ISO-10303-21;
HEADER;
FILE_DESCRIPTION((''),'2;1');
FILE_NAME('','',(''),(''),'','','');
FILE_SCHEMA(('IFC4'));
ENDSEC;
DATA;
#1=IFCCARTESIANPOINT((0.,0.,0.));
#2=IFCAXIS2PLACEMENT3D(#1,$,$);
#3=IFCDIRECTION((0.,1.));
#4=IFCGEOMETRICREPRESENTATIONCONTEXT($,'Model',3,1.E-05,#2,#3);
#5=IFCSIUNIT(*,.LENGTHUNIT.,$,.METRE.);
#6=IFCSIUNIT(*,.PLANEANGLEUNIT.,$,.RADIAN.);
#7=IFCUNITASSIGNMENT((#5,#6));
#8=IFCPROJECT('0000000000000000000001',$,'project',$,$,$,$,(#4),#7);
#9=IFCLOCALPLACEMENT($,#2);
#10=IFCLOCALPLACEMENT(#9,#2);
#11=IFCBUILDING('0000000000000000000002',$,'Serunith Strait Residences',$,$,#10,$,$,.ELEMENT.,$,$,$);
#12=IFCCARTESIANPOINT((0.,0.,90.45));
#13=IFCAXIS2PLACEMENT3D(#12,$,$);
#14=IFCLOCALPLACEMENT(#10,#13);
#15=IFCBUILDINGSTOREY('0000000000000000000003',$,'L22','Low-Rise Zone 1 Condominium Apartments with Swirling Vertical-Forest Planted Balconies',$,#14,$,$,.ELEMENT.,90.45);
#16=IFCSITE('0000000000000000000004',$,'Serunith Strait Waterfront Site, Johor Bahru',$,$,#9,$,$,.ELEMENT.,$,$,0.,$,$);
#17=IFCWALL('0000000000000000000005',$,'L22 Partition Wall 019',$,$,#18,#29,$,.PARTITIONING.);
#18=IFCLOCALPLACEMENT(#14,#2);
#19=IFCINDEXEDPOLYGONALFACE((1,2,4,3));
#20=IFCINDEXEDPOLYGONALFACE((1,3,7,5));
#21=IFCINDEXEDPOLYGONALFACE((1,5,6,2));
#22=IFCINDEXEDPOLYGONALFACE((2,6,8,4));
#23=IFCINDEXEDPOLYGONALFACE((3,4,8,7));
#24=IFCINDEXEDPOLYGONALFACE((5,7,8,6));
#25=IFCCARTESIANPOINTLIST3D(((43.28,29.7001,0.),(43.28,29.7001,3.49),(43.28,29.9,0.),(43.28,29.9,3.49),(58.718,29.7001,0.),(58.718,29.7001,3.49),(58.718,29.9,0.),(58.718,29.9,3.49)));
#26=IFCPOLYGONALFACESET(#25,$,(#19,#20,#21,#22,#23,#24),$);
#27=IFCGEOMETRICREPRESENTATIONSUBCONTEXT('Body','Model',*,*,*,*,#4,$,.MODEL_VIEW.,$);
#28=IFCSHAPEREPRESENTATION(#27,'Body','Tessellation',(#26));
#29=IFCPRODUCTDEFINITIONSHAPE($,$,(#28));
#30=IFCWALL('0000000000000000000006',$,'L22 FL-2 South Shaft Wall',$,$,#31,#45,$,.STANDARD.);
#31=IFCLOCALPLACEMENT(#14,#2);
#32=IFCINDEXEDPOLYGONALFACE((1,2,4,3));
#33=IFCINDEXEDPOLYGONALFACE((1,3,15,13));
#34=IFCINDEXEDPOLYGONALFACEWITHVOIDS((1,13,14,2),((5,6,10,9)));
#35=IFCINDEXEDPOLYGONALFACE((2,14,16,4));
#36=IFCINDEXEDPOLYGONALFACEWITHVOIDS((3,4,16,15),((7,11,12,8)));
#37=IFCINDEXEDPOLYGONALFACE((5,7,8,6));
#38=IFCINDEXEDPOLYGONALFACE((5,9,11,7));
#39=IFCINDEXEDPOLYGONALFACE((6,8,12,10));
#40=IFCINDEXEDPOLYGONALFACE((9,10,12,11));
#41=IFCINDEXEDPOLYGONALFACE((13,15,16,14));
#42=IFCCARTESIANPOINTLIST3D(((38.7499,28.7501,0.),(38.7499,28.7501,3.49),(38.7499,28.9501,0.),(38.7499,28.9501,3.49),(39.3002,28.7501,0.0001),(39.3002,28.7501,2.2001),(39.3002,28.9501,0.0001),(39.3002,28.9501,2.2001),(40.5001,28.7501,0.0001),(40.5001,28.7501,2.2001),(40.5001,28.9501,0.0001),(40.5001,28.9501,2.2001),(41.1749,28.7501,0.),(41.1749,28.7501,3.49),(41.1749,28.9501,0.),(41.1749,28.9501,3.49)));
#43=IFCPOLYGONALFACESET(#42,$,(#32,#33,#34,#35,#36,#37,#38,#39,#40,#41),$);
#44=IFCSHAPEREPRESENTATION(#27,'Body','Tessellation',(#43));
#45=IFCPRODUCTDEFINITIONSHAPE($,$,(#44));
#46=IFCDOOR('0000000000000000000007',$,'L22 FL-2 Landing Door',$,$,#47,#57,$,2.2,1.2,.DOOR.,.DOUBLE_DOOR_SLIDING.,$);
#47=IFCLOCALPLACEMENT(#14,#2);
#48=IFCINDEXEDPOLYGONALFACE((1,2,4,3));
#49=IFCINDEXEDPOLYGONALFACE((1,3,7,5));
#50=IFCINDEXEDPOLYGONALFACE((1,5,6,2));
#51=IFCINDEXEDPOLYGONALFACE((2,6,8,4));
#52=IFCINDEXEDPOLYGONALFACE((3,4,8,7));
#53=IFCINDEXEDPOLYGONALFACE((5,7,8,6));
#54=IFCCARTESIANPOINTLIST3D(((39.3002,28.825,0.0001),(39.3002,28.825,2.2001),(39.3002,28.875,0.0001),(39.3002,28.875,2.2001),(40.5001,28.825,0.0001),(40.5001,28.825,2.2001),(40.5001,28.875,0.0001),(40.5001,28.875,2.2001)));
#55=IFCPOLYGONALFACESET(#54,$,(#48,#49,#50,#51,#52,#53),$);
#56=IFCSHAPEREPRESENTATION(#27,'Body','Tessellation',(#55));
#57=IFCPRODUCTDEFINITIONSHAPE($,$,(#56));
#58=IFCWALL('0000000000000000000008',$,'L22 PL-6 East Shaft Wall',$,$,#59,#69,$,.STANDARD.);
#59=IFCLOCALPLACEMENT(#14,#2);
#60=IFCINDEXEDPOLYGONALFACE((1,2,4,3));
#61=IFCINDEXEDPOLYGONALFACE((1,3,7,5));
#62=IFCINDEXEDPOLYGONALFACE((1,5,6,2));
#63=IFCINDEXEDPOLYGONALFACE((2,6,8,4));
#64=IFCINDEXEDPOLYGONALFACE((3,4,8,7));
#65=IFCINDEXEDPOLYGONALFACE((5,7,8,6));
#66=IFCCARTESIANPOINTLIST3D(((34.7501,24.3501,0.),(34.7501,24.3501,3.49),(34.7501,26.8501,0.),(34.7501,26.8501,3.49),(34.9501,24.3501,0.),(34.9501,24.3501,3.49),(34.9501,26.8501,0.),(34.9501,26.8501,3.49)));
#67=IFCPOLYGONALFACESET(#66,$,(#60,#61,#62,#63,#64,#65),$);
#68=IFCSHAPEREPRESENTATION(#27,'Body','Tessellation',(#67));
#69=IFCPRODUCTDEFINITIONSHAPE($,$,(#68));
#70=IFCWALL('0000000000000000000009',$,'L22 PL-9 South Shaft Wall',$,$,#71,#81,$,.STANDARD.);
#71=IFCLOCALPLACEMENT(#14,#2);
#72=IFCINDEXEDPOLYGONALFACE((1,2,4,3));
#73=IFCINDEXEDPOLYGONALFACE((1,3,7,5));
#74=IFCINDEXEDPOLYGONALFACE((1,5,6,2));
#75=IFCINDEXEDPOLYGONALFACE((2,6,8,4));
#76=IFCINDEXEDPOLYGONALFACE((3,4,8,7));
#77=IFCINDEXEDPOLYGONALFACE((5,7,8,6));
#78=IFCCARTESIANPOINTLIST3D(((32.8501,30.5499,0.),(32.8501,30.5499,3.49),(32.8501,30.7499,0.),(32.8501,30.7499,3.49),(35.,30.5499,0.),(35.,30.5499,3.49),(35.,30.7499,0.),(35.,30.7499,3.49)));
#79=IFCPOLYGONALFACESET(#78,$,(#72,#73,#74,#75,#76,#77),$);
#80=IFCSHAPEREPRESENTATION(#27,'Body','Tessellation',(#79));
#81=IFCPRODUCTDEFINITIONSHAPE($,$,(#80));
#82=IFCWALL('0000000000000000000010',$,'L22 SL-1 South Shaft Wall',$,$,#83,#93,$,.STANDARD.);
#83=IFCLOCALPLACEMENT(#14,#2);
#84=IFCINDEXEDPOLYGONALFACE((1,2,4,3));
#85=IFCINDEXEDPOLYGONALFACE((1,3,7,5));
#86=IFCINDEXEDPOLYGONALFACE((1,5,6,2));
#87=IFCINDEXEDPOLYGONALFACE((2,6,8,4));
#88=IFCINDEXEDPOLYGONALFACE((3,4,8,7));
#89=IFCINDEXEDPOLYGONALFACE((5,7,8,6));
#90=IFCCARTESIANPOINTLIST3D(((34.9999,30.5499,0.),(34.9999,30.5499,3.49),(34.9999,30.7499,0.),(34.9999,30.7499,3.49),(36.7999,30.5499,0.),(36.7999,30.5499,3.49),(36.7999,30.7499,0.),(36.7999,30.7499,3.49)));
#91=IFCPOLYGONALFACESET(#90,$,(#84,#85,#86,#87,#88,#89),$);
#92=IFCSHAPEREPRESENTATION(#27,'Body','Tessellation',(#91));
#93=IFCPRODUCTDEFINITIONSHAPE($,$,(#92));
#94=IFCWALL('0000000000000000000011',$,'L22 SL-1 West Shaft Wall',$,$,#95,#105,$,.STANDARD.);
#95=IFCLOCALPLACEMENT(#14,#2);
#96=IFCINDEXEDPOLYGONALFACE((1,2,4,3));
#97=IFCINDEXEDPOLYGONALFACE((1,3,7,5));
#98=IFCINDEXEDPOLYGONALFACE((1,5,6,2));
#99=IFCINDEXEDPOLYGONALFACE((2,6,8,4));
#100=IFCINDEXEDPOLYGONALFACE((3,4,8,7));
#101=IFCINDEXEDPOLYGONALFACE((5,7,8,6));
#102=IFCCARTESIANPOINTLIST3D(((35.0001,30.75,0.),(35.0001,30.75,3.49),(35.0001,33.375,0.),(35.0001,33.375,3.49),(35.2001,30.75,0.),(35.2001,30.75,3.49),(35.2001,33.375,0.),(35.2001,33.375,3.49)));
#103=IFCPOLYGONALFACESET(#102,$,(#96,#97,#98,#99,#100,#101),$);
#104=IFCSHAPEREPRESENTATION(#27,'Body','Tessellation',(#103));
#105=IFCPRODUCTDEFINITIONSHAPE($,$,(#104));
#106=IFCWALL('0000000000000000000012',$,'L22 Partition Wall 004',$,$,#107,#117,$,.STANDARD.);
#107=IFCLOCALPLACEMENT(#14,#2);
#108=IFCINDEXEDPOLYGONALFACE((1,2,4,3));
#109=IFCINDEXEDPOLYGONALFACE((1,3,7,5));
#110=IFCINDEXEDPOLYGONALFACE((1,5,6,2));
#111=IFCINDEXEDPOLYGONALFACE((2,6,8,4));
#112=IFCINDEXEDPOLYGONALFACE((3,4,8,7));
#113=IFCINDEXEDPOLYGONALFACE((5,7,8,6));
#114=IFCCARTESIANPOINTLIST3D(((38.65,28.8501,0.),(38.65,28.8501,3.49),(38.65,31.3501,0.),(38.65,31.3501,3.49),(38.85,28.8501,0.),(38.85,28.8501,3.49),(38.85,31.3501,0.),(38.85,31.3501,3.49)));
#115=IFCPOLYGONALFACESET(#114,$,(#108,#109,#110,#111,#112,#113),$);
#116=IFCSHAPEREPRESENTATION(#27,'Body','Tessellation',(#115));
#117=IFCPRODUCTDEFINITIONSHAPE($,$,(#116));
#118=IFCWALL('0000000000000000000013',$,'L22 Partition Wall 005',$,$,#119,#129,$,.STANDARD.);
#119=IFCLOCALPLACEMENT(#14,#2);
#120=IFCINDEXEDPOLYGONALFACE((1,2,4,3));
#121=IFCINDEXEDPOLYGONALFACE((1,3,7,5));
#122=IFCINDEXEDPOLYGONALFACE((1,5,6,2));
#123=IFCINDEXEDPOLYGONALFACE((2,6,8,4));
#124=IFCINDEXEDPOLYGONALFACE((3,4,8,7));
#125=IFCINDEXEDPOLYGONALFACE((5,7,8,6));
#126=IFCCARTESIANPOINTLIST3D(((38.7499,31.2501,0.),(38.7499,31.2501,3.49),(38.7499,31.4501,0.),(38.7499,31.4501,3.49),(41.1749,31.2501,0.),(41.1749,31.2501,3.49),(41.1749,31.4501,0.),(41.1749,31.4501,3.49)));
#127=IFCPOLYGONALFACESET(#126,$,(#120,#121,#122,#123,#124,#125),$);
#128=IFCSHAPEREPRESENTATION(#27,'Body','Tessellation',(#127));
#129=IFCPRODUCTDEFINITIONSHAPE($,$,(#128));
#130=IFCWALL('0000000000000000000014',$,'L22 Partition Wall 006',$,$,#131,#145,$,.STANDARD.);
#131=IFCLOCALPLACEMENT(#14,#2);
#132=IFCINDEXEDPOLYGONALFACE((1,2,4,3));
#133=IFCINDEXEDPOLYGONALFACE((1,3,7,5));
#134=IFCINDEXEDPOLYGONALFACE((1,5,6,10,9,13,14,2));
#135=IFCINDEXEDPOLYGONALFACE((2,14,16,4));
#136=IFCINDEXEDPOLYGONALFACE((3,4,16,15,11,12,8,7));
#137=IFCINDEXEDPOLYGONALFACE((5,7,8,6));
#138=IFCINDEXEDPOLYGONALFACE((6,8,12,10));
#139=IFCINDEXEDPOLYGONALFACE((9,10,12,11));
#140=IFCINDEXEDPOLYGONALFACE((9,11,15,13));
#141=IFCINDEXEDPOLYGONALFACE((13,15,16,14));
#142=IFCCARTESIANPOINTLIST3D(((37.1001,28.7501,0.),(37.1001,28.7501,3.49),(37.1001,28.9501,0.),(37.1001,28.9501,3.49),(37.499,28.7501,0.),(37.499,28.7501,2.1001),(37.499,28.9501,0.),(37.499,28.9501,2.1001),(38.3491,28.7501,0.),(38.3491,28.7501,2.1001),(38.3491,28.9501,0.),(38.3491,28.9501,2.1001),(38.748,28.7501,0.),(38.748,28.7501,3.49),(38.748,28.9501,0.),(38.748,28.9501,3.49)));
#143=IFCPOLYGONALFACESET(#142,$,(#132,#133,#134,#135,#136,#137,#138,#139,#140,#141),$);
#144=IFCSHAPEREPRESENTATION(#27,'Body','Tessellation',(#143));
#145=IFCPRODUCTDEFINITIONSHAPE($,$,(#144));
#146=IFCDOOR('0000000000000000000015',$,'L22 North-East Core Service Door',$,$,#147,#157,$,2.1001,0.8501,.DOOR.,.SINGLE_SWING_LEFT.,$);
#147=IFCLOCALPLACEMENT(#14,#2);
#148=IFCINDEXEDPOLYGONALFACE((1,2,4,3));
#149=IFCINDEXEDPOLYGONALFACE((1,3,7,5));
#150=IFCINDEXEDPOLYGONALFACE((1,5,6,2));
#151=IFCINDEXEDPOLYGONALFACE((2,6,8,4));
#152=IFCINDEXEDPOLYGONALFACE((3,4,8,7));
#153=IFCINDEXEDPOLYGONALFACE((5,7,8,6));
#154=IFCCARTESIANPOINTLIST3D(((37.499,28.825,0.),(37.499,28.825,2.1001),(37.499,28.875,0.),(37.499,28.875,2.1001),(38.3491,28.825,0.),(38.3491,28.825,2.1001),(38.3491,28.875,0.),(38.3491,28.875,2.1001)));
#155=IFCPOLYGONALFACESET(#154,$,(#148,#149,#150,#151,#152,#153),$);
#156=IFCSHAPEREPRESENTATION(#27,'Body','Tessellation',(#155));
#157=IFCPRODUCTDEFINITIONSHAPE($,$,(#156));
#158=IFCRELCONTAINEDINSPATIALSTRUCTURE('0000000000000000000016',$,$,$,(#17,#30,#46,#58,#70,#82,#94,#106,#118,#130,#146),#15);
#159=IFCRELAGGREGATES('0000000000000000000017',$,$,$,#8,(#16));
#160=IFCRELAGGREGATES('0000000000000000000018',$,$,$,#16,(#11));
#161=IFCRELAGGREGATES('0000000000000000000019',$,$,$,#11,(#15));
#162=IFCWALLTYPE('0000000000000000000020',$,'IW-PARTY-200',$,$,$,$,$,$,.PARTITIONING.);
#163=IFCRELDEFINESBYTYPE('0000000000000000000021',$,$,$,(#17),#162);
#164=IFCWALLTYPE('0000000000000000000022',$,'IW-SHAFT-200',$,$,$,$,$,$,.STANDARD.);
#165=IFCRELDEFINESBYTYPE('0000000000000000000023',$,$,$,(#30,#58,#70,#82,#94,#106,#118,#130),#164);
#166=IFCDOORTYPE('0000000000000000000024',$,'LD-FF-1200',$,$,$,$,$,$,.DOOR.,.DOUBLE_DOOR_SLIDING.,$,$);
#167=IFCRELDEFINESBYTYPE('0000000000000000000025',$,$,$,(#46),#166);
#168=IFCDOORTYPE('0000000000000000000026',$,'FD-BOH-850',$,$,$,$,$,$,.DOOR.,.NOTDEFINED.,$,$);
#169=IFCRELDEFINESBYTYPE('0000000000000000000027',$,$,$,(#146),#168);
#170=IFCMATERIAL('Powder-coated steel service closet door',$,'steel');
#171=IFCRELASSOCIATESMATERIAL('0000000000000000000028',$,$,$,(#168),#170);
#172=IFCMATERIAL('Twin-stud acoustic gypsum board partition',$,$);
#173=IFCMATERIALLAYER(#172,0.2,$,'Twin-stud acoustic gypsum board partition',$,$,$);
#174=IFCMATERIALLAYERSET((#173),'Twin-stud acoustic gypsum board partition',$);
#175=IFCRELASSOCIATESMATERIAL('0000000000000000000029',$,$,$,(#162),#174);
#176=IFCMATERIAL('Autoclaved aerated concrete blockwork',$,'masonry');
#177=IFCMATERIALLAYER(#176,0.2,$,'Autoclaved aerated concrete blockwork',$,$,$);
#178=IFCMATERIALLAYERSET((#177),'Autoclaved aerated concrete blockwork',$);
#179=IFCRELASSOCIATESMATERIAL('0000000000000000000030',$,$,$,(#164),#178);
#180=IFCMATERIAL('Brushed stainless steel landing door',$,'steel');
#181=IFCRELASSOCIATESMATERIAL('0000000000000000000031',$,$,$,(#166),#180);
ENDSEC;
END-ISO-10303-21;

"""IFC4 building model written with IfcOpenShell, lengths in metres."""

from ifc_helpers import new_model, si_unit, direction, frame, frame_2d, origin, place, context, subcontext, project, spatial, rectangle, extrude, source, transform, mapped, material, layer, layer_set, type_object, element, fill, save


model = new_model("IFC4")

# Units and contexts
model_context = context("Model", 3, precision=1e-05, world=origin(), true_north=direction((0.0, 1.0)))
body_context = subcontext(model_context, "Body", "Model", "MODEL_VIEW")
ifc_project = project(units=[si_unit("LENGTHUNIT", "METRE"), si_unit("PLANEANGLEUNIT", "RADIAN")], contexts=[model_context])

# Site, building, storey
site_placement = place(None, origin())
site = spatial("IfcSite", under=ifc_project, at=site_placement, Name="Serunith Strait Waterfront Site, Johor Bahru", CompositionType="ELEMENT", RefElevation=0.0)
building_placement = place(site_placement, origin())
building = spatial("IfcBuilding", under=site, at=building_placement, Name="Serunith Strait Residences", CompositionType="ELEMENT")
storey_placement = place(building_placement, frame((0.0, 0.0, 90.45)))
storey = spatial("IfcBuildingStorey", under=building, at=storey_placement, Name="L22", Description="Low-Rise Zone 1 Condominium Apartments with Swirling Vertical-Forest Planted Balconies", CompositionType="ELEMENT", Elevation=90.45)

# Shared definitions
ifc_material_1 = material(Name="Powder-coated steel service closet door", Category="steel")
door_type_1 = type_object("IfcDoorType", Name="FD-BOH-850", OperationType="NOTDEFINED", PredefinedType="DOOR", material=ifc_material_1)
shared_shape_1 = source(origin(), body_context, "Body", "SweptSolid", [
    extrude(rectangle(XDim=0.8501, YDim=2.1001, at=frame_2d((0.425, 1.05))), frame((0.0, 0.0249, 0.0), z_axis=(0.0, -1.0, 0.0), x_axis=(1.0, 0.0, 0.0)), (0.0, 0.0, 1.0), 0.05),
])

# Wall
ifc_material_2 = material(Name="Twin-stud acoustic gypsum board partition")
ifc_layer_1 = layer(ifc_material_2, 0.2, Name="Twin-stud acoustic gypsum board partition")
ifc_layer_set_1 = layer_set([ifc_layer_1], Name="Twin-stud acoustic gypsum board partition")
wall_type_1 = type_object("IfcWallType", Name="IW-PARTY-200", PredefinedType="PARTITIONING", material=ifc_layer_set_1)
wall_1_placement = place(storey_placement, frame((43.28, 29.8, 0.0), z_axis=(0.0, 0.0, 1.0), x_axis=(1.0, 0.0, 0.0)))
element("IfcWall", 1, at=wall_1_placement, inside=storey, type_object=wall_type_1, Name="L22 Partition Wall 019", PredefinedType="PARTITIONING", context=body_context, shape_type="SweptSolid", body=[
    extrude(rectangle(XDim=15.438, YDim=0.2, at=frame_2d((7.719, 0.0))), origin(), (0.0, 0.0, 1.0), 3.49),
])

# Wall, opening, door
ifc_material_3 = material(Name="Autoclaved aerated concrete blockwork", Category="masonry")
ifc_layer_2 = layer(ifc_material_3, 0.2, Name="Autoclaved aerated concrete blockwork")
ifc_layer_set_2 = layer_set([ifc_layer_2], Name="Autoclaved aerated concrete blockwork")
wall_type_2 = type_object("IfcWallType", Name="IW-SHAFT-200", PredefinedType="STANDARD", material=ifc_layer_set_2)
wall_2_placement = place(storey_placement, frame((38.75, 28.8501, 0.0), z_axis=(0.0, 0.0, 1.0), x_axis=(1.0, 0.0, 0.0)))
wall_2 = element("IfcWall", 2, at=wall_2_placement, inside=storey, type_object=wall_type_2, Name="L22 FL-2 South Shaft Wall", PredefinedType="STANDARD", context=body_context, shape_type="SweptSolid", body=[
    extrude(rectangle(XDim=2.425, YDim=0.2, at=frame_2d((1.2124, 0.0))), origin(), (0.0, 0.0, 1.0), 3.49),
])
opening_1_placement = place(wall_2_placement, frame((0.55, 0.0, 0.0)))
opening_1 = element("IfcOpeningElement", 3, at=opening_1_placement, cuts=wall_2, PredefinedType="OPENING", context=body_context, shape_type="SweptSolid", body=[
    extrude(rectangle(XDim=1.2, YDim=2.2, at=frame_2d((0.6001, 1.1001))), frame((0.0, 0.1099, 0.0), z_axis=(0.0, -1.0, 0.0), x_axis=(1.0, 0.0, 0.0)), (0.0, 0.0, 1.0), 0.22),
])
ifc_material_4 = material(Name="Brushed stainless steel landing door", Category="steel")
door_type_2 = type_object("IfcDoorType", Name="LD-FF-1200", OperationType="DOUBLE_DOOR_SLIDING", PredefinedType="DOOR", material=ifc_material_4)
shared_shape_2 = source(origin(), body_context, "Body", "SweptSolid", [
    extrude(rectangle(XDim=1.2, YDim=2.2, at=frame_2d((0.6001, 1.1001))), frame((0.0, 0.0249, 0.0), z_axis=(0.0, -1.0, 0.0), x_axis=(1.0, 0.0, 0.0)), (0.0, 0.0, 1.0), 0.05),
])
door_1_placement = place(opening_1_placement, origin())
door_1 = element("IfcDoor", 4, at=door_1_placement, inside=storey, type_object=door_type_2, Name="L22 FL-2 Landing Door", OperationType="DOUBLE_DOOR_SLIDING", OverallHeight=2.2, OverallWidth=1.2, PredefinedType="DOOR", context=body_context, shape_type="MappedRepresentation", body=[
    mapped(shared_shape_2, transform((0.0, 0.0, 0.0), scale=1.0)),
])
fill(opening_1, door_1)

# Walls
wall_3_placement = place(storey_placement, frame((34.8501, 24.3501, 0.0), z_axis=(0.0, 0.0, 1.0), x_axis=(0.0, 1.0, 0.0)))
element("IfcWall", 5, at=wall_3_placement, inside=storey, type_object=wall_type_2, Name="L22 PL-6 East Shaft Wall", PredefinedType="STANDARD", context=body_context, shape_type="SweptSolid", body=[
    extrude(rectangle(XDim=2.5, YDim=0.2, at=frame_2d((1.25, 0.0))), origin(), (0.0, 0.0, 1.0), 3.49),
])
wall_4_placement = place(storey_placement, frame((32.8501, 30.6499, 0.0), z_axis=(0.0, 0.0, 1.0), x_axis=(1.0, 0.0, 0.0)))
element("IfcWall", 6, at=wall_4_placement, inside=storey, type_object=wall_type_2, Name="L22 PL-9 South Shaft Wall", PredefinedType="STANDARD", context=body_context, shape_type="SweptSolid", body=[
    extrude(rectangle(XDim=2.1499, YDim=0.2, at=frame_2d((1.075, 0.0))), origin(), (0.0, 0.0, 1.0), 3.49),
])
wall_5_placement = place(storey_placement, frame((35.0, 30.6499, 0.0), z_axis=(0.0, 0.0, 1.0), x_axis=(1.0, 0.0, 0.0)))
element("IfcWall", 7, at=wall_5_placement, inside=storey, type_object=wall_type_2, Name="L22 SL-1 South Shaft Wall", PredefinedType="STANDARD", context=body_context, shape_type="SweptSolid", body=[
    extrude(rectangle(XDim=1.8, YDim=0.2, at=frame_2d((0.8999, 0.0))), origin(), (0.0, 0.0, 1.0), 3.49),
])
wall_6_placement = place(storey_placement, frame((35.1001, 30.75, 0.0), z_axis=(0.0, 0.0, 1.0), x_axis=(0.0, 1.0, 0.0)))
element("IfcWall", 8, at=wall_6_placement, inside=storey, type_object=wall_type_2, Name="L22 SL-1 West Shaft Wall", PredefinedType="STANDARD", context=body_context, shape_type="SweptSolid", body=[
    extrude(rectangle(XDim=2.625, YDim=0.2, at=frame_2d((1.3125, 0.0))), origin(), (0.0, 0.0, 1.0), 3.49),
])
wall_7_placement = place(storey_placement, frame((38.75, 28.8501, 0.0), z_axis=(0.0, 0.0, 1.0), x_axis=(0.0, 1.0, 0.0)))
element("IfcWall", 9, at=wall_7_placement, inside=storey, type_object=wall_type_2, Name="L22 Partition Wall 004", PredefinedType="STANDARD", context=body_context, shape_type="SweptSolid", body=[
    extrude(rectangle(XDim=2.5, YDim=0.2, at=frame_2d((1.25, 0.0))), origin(), (0.0, 0.0, 1.0), 3.49),
])
wall_8_placement = place(storey_placement, frame((38.75, 31.3501, 0.0), z_axis=(0.0, 0.0, 1.0), x_axis=(1.0, 0.0, 0.0)))
element("IfcWall", 10, at=wall_8_placement, inside=storey, type_object=wall_type_2, Name="L22 Partition Wall 005", PredefinedType="STANDARD", context=body_context, shape_type="SweptSolid", body=[
    extrude(rectangle(XDim=2.425, YDim=0.2, at=frame_2d((1.2124, 0.0))), origin(), (0.0, 0.0, 1.0), 3.49),
])

# Wall, opening, door
wall_9_placement = place(storey_placement, frame((37.1001, 28.8501, 0.0), z_axis=(0.0, 0.0, 1.0), x_axis=(1.0, 0.0, 0.0)))
wall_9 = element("IfcWall", 11, at=wall_9_placement, inside=storey, type_object=wall_type_2, Name="L22 Partition Wall 006", PredefinedType="STANDARD", context=body_context, shape_type="SweptSolid", body=[
    extrude(rectangle(XDim=1.6479, YDim=0.2, at=frame_2d((0.824, 0.0))), origin(), (0.0, 0.0, 1.0), 3.49),
])
opening_2_placement = place(wall_9_placement, frame((0.3989, 0.0, 0.0)))
opening_2 = element("IfcOpeningElement", 12, at=opening_2_placement, cuts=wall_9, PredefinedType="OPENING", context=body_context, shape_type="SweptSolid", body=[
    extrude(rectangle(XDim=0.8501, YDim=2.1001, at=frame_2d((0.425, 1.05))), frame((0.0, 0.1099, 0.0), z_axis=(0.0, -1.0, 0.0), x_axis=(1.0, 0.0, 0.0)), (0.0, 0.0, 1.0), 0.22),
])
door_2_placement = place(opening_2_placement, origin())
door_2 = element("IfcDoor", 13, at=door_2_placement, inside=storey, type_object=door_type_1, Name="L22 North-East Core Service Door", OperationType="SINGLE_SWING_LEFT", OverallHeight=2.1001, OverallWidth=0.8501, PredefinedType="DOOR", context=body_context, shape_type="MappedRepresentation", body=[
    mapped(shared_shape_1, transform((0.0, 0.0, 0.0), scale=1.0)),
])
fill(opening_2, door_2)

save(model, "model.ifc")
